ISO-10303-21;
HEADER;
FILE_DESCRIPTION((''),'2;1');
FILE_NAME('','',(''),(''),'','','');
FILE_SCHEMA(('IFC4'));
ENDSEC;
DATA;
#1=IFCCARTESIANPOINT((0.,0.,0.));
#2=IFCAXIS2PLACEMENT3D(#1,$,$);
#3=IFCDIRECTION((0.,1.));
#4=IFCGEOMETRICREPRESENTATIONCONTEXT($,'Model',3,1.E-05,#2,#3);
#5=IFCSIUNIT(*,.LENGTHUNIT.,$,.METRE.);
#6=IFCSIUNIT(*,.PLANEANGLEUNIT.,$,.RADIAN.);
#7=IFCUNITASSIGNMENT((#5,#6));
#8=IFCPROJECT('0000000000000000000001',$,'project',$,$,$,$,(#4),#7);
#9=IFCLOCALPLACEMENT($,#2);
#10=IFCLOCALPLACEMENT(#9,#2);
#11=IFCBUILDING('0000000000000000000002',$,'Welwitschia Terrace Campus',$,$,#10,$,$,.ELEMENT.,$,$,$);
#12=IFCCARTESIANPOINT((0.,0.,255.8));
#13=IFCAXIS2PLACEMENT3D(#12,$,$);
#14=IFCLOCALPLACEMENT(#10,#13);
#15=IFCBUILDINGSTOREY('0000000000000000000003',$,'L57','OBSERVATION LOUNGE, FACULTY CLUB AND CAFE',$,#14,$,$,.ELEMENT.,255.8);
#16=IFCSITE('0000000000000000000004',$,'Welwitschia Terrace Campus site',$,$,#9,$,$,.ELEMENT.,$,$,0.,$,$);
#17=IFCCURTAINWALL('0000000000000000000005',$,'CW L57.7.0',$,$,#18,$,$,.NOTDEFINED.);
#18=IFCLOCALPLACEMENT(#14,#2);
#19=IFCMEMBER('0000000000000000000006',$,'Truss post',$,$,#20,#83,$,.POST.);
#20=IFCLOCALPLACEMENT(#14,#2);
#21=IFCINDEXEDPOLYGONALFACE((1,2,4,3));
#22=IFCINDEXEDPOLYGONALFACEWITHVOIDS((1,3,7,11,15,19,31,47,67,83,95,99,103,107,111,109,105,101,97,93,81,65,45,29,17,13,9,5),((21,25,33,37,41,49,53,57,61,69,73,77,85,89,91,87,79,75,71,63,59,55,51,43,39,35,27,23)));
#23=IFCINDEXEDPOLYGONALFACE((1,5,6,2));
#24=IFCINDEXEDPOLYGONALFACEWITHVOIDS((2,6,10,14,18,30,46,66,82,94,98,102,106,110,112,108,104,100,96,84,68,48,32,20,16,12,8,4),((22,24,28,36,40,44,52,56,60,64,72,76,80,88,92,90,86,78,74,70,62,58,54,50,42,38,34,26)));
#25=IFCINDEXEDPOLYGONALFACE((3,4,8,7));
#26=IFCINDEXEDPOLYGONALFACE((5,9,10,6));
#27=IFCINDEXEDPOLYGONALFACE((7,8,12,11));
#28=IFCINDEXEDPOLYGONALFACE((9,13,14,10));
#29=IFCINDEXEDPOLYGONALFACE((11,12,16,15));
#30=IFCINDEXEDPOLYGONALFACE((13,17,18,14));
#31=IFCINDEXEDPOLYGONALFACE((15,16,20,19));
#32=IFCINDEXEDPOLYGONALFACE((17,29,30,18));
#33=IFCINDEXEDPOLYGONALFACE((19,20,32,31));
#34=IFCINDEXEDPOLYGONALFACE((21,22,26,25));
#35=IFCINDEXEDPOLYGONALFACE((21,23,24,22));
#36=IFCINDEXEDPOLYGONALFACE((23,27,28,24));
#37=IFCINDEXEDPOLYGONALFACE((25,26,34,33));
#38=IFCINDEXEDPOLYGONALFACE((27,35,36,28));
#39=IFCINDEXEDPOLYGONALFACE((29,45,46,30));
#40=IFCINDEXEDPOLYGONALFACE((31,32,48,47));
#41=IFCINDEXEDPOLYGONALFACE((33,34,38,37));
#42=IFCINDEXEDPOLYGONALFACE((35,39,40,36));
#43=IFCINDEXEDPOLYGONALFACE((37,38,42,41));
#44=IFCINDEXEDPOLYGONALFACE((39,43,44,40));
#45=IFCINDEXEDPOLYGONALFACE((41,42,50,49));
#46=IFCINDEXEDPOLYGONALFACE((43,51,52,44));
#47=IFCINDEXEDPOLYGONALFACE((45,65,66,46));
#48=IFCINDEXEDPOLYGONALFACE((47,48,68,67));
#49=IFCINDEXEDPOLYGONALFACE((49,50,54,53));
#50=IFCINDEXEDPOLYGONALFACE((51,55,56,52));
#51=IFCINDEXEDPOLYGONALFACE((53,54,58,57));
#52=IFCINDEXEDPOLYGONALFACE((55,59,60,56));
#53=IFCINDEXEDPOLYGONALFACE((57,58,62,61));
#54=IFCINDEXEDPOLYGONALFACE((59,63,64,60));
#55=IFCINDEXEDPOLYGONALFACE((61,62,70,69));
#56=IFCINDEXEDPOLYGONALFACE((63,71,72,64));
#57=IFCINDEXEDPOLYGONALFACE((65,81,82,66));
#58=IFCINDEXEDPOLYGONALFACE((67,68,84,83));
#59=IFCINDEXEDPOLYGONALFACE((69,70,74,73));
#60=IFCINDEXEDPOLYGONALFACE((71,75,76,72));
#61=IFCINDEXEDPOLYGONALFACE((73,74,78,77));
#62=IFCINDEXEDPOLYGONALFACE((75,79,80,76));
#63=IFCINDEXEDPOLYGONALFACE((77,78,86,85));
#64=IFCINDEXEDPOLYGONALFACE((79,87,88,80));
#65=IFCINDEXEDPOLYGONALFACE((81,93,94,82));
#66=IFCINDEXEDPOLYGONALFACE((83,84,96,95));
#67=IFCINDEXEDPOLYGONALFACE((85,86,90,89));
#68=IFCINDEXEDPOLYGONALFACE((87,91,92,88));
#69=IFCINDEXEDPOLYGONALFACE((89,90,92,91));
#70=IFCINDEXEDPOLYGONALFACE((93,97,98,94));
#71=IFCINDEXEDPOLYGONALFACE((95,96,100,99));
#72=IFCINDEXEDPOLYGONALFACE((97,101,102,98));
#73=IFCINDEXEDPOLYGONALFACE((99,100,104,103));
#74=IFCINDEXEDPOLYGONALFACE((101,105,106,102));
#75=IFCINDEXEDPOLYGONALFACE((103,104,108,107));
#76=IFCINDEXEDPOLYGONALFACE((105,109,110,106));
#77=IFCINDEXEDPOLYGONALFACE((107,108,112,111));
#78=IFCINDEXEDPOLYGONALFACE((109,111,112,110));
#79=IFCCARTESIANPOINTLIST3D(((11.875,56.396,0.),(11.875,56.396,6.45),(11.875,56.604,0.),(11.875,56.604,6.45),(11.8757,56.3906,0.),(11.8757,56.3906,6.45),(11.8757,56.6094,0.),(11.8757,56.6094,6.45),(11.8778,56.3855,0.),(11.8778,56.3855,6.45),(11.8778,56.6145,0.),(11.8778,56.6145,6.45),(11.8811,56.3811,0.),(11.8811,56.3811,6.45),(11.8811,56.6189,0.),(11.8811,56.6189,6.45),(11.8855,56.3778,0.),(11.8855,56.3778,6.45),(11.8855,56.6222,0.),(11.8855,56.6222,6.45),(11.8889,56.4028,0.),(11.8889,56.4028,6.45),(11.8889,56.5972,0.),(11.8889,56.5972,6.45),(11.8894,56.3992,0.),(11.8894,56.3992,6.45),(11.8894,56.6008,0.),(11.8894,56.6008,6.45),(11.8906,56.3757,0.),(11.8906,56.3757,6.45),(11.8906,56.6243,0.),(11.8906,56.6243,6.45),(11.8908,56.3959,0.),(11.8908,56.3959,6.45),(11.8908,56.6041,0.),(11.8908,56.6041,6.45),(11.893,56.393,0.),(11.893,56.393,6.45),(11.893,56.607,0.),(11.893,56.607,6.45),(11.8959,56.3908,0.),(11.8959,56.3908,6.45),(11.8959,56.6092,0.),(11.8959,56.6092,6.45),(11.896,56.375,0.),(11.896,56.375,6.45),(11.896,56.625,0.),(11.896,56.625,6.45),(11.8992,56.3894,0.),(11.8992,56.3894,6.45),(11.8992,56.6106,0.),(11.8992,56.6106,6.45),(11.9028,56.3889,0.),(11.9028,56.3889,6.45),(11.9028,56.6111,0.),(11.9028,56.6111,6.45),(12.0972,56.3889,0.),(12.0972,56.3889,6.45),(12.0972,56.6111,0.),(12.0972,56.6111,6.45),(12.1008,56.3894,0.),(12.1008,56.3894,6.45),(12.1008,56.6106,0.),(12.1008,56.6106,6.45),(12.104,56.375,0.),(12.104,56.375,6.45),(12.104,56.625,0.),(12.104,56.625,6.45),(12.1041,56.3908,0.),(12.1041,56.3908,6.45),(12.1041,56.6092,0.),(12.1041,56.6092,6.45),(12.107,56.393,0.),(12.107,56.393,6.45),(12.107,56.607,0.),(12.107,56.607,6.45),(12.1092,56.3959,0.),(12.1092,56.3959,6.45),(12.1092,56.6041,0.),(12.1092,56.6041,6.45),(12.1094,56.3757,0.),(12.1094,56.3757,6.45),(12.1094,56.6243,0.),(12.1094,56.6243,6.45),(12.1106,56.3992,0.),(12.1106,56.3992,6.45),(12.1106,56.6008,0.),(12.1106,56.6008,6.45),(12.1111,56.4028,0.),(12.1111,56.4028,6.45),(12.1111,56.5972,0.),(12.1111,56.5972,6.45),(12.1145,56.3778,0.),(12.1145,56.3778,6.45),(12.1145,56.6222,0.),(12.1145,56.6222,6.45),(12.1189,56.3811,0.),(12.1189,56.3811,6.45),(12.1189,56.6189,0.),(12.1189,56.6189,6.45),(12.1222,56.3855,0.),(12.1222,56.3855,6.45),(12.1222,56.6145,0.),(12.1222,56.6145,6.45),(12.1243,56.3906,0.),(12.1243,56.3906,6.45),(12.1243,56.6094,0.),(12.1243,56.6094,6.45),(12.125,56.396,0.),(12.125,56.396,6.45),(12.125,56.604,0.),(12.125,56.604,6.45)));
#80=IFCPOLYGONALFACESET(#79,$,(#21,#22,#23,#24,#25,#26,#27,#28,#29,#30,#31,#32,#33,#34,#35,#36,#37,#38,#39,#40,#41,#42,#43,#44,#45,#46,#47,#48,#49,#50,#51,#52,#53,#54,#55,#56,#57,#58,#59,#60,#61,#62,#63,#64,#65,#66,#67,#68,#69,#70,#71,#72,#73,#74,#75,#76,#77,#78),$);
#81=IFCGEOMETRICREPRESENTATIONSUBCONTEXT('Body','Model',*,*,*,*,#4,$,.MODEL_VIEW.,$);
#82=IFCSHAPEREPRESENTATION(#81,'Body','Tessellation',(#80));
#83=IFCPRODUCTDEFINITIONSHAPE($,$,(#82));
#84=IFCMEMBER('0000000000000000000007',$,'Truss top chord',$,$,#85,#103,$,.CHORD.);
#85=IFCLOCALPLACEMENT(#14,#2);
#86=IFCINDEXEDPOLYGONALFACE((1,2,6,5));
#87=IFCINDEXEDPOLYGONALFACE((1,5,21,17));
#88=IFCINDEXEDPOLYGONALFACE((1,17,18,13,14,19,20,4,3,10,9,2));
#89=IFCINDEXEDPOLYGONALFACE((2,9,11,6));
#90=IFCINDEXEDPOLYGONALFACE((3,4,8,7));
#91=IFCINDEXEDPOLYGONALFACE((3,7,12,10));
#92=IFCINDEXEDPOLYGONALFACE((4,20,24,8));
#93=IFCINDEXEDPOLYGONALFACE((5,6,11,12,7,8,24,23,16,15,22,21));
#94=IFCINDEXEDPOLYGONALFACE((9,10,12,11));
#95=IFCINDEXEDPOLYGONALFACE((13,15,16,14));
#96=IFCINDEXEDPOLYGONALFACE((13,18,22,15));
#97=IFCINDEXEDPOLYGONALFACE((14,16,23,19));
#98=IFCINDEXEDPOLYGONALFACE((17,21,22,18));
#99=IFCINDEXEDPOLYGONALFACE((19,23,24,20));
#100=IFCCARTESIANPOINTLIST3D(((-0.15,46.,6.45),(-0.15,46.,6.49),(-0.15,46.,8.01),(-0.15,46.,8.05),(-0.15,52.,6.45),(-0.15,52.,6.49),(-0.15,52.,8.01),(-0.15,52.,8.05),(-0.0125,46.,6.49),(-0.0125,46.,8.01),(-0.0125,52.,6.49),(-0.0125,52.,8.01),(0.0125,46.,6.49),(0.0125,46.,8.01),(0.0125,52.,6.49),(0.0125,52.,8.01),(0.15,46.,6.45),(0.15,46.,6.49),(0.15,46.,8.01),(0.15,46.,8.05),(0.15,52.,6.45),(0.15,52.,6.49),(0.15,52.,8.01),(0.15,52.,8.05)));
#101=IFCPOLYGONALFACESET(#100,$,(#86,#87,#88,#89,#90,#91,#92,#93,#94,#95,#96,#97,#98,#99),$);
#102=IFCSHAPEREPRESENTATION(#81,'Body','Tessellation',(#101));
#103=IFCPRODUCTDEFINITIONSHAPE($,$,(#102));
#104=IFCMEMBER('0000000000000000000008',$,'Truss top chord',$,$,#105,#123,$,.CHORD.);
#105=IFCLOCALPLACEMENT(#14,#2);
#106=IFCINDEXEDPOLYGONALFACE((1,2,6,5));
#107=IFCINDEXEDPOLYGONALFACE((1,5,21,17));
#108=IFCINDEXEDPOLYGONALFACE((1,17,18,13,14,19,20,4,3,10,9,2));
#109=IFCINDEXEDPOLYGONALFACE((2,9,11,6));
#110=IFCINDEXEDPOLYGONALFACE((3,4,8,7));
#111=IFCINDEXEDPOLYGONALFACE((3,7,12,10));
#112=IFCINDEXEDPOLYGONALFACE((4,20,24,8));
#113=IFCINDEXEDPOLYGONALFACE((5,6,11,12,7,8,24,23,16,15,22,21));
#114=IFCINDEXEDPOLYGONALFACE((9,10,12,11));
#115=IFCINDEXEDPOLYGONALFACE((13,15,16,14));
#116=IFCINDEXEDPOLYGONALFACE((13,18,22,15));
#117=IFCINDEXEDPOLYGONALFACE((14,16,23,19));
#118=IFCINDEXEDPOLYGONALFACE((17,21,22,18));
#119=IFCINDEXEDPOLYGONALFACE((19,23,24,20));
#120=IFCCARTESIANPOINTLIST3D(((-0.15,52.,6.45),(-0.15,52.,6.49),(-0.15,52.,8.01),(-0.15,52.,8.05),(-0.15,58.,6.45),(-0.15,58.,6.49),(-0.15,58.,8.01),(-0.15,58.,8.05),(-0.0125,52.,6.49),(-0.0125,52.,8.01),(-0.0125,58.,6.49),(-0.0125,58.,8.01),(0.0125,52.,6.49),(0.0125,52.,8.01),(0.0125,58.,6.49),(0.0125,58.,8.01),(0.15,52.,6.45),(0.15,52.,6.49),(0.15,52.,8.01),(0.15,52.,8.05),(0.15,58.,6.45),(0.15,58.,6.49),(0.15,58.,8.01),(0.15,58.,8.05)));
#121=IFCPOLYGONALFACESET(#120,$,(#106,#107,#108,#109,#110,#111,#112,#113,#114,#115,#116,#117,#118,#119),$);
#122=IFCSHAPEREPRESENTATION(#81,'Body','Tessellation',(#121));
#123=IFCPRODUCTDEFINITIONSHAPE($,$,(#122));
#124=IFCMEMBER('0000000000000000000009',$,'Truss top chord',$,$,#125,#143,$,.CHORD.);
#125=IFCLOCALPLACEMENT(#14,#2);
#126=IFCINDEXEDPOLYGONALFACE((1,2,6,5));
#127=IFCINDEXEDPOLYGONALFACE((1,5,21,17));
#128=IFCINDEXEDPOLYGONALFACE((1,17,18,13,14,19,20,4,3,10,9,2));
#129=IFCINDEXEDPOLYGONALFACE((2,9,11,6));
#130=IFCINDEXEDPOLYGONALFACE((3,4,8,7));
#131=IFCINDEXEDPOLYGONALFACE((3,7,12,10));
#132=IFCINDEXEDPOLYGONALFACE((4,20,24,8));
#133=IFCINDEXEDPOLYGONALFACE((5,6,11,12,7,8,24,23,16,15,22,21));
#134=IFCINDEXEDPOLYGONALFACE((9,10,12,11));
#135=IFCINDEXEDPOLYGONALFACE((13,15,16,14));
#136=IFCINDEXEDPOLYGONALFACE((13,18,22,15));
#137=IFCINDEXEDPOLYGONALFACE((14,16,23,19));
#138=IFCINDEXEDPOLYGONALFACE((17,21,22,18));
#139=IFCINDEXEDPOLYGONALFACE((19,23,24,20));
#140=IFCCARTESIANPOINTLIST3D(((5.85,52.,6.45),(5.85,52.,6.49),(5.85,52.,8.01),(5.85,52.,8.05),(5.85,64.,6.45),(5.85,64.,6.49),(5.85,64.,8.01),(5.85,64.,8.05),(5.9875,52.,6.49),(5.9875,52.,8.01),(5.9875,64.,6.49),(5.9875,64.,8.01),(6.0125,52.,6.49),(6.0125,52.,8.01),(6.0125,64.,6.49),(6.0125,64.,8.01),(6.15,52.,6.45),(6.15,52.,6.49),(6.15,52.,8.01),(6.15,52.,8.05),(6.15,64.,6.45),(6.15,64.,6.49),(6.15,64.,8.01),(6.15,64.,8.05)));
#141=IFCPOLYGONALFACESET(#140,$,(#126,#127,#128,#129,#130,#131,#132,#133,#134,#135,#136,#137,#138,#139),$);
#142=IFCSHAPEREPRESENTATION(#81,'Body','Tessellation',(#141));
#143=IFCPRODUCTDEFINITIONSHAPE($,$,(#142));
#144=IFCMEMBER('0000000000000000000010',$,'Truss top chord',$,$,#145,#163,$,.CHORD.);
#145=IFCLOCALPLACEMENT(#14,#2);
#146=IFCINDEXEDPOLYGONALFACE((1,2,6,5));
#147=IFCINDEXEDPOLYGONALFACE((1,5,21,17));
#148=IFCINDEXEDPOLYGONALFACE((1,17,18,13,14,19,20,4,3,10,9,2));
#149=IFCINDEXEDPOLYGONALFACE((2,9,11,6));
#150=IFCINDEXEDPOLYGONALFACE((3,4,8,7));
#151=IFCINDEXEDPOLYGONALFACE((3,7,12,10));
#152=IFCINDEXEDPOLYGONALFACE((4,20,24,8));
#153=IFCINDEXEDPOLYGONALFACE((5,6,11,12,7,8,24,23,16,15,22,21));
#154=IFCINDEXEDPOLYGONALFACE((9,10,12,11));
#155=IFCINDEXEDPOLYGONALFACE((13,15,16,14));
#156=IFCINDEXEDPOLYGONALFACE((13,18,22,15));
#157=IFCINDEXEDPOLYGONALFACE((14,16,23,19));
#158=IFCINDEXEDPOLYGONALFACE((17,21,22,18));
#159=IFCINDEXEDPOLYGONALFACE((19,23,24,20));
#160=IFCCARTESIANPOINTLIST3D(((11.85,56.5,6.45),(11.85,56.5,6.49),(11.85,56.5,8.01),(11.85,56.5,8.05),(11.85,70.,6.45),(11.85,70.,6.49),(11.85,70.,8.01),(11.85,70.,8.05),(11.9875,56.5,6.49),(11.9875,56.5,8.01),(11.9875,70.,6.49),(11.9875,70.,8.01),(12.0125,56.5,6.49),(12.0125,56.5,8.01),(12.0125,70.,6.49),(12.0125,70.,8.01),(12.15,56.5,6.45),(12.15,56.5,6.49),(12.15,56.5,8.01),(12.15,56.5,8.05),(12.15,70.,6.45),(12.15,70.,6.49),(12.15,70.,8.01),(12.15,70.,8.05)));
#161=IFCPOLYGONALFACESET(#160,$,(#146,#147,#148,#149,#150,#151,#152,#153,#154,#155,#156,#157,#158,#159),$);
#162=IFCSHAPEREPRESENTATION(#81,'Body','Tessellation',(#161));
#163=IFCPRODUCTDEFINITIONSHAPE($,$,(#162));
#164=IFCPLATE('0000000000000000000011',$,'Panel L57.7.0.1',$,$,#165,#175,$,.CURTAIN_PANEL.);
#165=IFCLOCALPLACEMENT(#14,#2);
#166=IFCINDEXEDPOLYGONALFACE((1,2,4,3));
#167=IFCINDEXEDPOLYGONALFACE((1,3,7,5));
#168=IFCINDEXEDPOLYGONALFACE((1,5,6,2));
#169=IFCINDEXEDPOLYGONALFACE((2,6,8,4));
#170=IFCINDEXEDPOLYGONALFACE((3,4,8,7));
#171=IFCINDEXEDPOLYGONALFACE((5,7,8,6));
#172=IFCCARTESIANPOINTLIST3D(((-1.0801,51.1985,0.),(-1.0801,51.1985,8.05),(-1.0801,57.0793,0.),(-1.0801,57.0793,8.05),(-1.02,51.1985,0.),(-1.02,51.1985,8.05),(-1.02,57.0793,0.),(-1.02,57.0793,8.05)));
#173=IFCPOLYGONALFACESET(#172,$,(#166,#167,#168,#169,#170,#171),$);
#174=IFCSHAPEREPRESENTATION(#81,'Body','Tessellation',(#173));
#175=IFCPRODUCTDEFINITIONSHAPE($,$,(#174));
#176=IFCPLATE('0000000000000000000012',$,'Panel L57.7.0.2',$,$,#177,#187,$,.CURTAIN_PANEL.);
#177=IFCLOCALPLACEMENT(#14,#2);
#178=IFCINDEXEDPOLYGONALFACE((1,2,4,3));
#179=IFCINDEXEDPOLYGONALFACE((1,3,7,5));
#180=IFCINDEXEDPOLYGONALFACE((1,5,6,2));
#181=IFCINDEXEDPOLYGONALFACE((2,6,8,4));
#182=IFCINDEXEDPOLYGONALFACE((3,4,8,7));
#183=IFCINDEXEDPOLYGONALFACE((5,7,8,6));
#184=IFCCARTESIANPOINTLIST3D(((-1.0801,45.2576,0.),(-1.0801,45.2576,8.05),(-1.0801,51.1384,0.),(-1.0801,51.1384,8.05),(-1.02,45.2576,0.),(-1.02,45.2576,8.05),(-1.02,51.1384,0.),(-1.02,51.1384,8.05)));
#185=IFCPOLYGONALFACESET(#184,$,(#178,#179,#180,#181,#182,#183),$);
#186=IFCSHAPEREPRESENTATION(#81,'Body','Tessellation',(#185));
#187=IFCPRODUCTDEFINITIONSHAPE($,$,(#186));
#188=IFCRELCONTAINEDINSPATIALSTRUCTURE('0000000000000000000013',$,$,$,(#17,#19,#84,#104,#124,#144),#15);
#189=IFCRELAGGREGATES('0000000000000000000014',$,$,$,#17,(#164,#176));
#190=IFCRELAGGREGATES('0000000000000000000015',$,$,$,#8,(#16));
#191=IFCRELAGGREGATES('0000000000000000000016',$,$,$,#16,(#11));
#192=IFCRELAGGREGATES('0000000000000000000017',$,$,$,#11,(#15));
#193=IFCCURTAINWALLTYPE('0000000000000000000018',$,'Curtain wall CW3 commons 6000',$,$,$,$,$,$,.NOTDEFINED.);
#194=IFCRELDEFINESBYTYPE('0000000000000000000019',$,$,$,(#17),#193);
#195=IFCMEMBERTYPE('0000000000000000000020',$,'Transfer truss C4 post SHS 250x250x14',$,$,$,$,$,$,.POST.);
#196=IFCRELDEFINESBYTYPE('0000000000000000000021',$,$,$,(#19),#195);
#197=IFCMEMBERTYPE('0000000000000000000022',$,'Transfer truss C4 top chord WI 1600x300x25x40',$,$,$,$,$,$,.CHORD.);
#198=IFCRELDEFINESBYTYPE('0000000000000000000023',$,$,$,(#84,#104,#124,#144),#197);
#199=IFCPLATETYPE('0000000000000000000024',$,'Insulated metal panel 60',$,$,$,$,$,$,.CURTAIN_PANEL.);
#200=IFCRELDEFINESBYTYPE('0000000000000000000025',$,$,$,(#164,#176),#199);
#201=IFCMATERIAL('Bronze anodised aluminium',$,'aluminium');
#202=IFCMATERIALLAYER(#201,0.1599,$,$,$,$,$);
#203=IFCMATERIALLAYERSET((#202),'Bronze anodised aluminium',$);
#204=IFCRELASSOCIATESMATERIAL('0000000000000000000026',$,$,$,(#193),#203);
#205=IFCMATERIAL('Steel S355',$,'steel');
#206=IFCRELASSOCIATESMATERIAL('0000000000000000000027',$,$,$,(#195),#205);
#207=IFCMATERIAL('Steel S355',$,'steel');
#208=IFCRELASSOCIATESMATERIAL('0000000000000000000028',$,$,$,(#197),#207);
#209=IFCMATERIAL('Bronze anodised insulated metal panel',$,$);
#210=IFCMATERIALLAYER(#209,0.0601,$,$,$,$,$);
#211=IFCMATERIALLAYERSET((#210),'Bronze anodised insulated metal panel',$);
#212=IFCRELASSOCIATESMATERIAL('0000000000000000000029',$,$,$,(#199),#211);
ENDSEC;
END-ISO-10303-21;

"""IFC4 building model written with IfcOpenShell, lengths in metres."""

from ifc_helpers import new_model, si_unit, direction, frame, origin, origin_2d, place, context, subcontext, project, spatial, rectangle, hollow_rectangle, i_section, extrude, material, layer, layer_set, material_profile, profile_set, type_object, element, aggregate, save


model = new_model("IFC4")

# Units and contexts
model_context = context("Model", 3, precision=1e-05, world=origin(), true_north=direction((0.0, 1.0)))
body_context = subcontext(model_context, "Body", "Model", "MODEL_VIEW")
ifc_project = project(units=[si_unit("LENGTHUNIT", "METRE"), si_unit("PLANEANGLEUNIT", "RADIAN")], contexts=[model_context])

# Site, building, storey
site_placement = place(None, origin())
site = spatial("IfcSite", under=ifc_project, at=site_placement, Name="Welwitschia Terrace Campus site", CompositionType="ELEMENT", RefElevation=0.0)
building_placement = place(site_placement, origin())
building = spatial("IfcBuilding", under=site, at=building_placement, Name="Welwitschia Terrace Campus", CompositionType="ELEMENT")
storey_placement = place(building_placement, frame((0.0, 0.0, 255.8)))
storey = spatial("IfcBuildingStorey", under=building, at=storey_placement, Name="L57", Description="OBSERVATION LOUNGE, FACULTY CLUB AND CAFE", CompositionType="ELEMENT", Elevation=255.8)

# Curtain wall
ifc_material_1 = material(Name="Bronze anodised aluminium", Category="aluminium")
ifc_layer_1 = layer(ifc_material_1, 0.1599)
ifc_layer_set_1 = layer_set([ifc_layer_1], Name="Bronze anodised aluminium")
curtain_wall_type = type_object("IfcCurtainWallType", Name="Curtain wall CW3 commons 6000", PredefinedType="NOTDEFINED", material=ifc_layer_set_1)
curtain_wall_placement = place(storey_placement, origin())
curtain_wall = element("IfcCurtainWall", 1, at=curtain_wall_placement, inside=storey, type_object=curtain_wall_type, Name="CW L57.7.0", PredefinedType="NOTDEFINED")

# Members
ifc_material_2 = material(Name="Steel S355", Category="steel")
ifc_material_profile_1 = material_profile(ifc_material_2, hollow_rectangle(XDim=0.25, YDim=0.25, WallThickness=0.0139, InnerFilletRadius=0.0139, OuterFilletRadius=0.021, at=origin_2d()))
ifc_profile_set_1 = profile_set([ifc_material_profile_1], Name="Steel S355")
member_type_1 = type_object("IfcMemberType", Name="Transfer truss C4 post SHS 250x250x14", PredefinedType="POST", material=ifc_profile_set_1)
for number, where, z_axis, x_axis, name in (
    (2, (12.0, 56.5, 0.0), (0.0, 0.0, 1.0), (1.0, 0.0, 0.0), "Truss post"),
):
    element("IfcMember", number, at=place(storey_placement, frame(where, z_axis=z_axis, x_axis=x_axis)), inside=storey, type_object=member_type_1, Name=name, PredefinedType="POST", context=body_context, shape_type="SweptSolid", body=[
        extrude(hollow_rectangle(XDim=0.25, YDim=0.25, WallThickness=0.0139, InnerFilletRadius=0.0139, OuterFilletRadius=0.021, at=origin_2d()), origin(), (0.0, 0.0, 1.0), 6.45),
    ])
ifc_material_3 = material(Name="Steel S355", Category="steel")
ifc_material_profile_2 = material_profile(ifc_material_3, i_section(OverallWidth=0.3, OverallDepth=1.6001, WebThickness=0.0249, FlangeThickness=0.04, at=origin_2d()))
ifc_profile_set_2 = profile_set([ifc_material_profile_2], Name="Steel S355")
member_type_2 = type_object("IfcMemberType", Name="Transfer truss C4 top chord WI 1600x300x25x40", PredefinedType="CHORD", material=ifc_profile_set_2)
for number, where, z_axis, x_axis, name in (
    (3, (0.0, 46.0, 7.25), (0.0, 1.0, 0.0), (-1.0, 0.0, 0.0), "Truss top chord"),
    (4, (0.0, 52.0, 7.25), (0.0, 1.0, 0.0), (-1.0, 0.0, 0.0), "Truss top chord"),
):
    element("IfcMember", number, at=place(storey_placement, frame(where, z_axis=z_axis, x_axis=x_axis)), inside=storey, type_object=member_type_2, Name=name, PredefinedType="CHORD", context=body_context, shape_type="SweptSolid", body=[
        extrude(i_section(OverallWidth=0.3, OverallDepth=1.6001, WebThickness=0.0249, FlangeThickness=0.04, at=origin_2d()), origin(), (0.0, 0.0, 1.0), 6.0),
    ])
member_1_placement = place(storey_placement, frame((6.0, 52.0, 7.25), z_axis=(0.0, 1.0, 0.0), x_axis=(-1.0, 0.0, 0.0)))
element("IfcMember", 5, at=member_1_placement, inside=storey, type_object=member_type_2, Name="Truss top chord", PredefinedType="CHORD", context=body_context, shape_type="SweptSolid", body=[
    extrude(i_section(OverallWidth=0.3, OverallDepth=1.6001, WebThickness=0.0249, FlangeThickness=0.04, at=origin_2d()), origin(), (0.0, 0.0, 1.0), 12.0),
])
member_2_placement = place(storey_placement, frame((12.0, 56.5, 7.25), z_axis=(0.0, 1.0, 0.0), x_axis=(-1.0, 0.0, 0.0)))
element("IfcMember", 6, at=member_2_placement, inside=storey, type_object=member_type_2, Name="Truss top chord", PredefinedType="CHORD", context=body_context, shape_type="SweptSolid", body=[
    extrude(i_section(OverallWidth=0.3, OverallDepth=1.6001, WebThickness=0.0249, FlangeThickness=0.04, at=origin_2d()), origin(), (0.0, 0.0, 1.0), 13.5),
])

# Plates
ifc_material_4 = material(Name="Bronze anodised insulated metal panel")
ifc_layer_2 = layer(ifc_material_4, 0.0601)
ifc_layer_set_2 = layer_set([ifc_layer_2], Name="Bronze anodised insulated metal panel")
plate_type = type_object("IfcPlateType", Name="Insulated metal panel 60", PredefinedType="CURTAIN_PANEL", material=ifc_layer_set_2)
plate_1_placement = place(storey_placement, frame((-1.05, 54.1389, 0.0), z_axis=(0.0, 0.0, 1.0), x_axis=(0.0, -1.0, 0.0)))
plate_1 = element("IfcPlate", 7, at=plate_1_placement, type_object=plate_type, Name="Panel L57.7.0.1", PredefinedType="CURTAIN_PANEL", context=body_context, shape_type="SweptSolid", body=[
    extrude(rectangle(XDim=5.8809, YDim=0.0601, at=origin_2d()), origin(), (0.0, 0.0, 1.0), 8.05),
])
plate_2_placement = place(storey_placement, frame((-1.05, 48.198, 0.0), z_axis=(0.0, 0.0, 1.0), x_axis=(0.0, -1.0, 0.0)))
plate_2 = element("IfcPlate", 8, at=plate_2_placement, type_object=plate_type, Name="Panel L57.7.0.2", PredefinedType="CURTAIN_PANEL", context=body_context, shape_type="SweptSolid", body=[
    extrude(rectangle(XDim=5.8809, YDim=0.0601, at=origin_2d()), origin(), (0.0, 0.0, 1.0), 8.05),
])
aggregate(curtain_wall, [plate_1, plate_2])

save(model, "model.ifc")
